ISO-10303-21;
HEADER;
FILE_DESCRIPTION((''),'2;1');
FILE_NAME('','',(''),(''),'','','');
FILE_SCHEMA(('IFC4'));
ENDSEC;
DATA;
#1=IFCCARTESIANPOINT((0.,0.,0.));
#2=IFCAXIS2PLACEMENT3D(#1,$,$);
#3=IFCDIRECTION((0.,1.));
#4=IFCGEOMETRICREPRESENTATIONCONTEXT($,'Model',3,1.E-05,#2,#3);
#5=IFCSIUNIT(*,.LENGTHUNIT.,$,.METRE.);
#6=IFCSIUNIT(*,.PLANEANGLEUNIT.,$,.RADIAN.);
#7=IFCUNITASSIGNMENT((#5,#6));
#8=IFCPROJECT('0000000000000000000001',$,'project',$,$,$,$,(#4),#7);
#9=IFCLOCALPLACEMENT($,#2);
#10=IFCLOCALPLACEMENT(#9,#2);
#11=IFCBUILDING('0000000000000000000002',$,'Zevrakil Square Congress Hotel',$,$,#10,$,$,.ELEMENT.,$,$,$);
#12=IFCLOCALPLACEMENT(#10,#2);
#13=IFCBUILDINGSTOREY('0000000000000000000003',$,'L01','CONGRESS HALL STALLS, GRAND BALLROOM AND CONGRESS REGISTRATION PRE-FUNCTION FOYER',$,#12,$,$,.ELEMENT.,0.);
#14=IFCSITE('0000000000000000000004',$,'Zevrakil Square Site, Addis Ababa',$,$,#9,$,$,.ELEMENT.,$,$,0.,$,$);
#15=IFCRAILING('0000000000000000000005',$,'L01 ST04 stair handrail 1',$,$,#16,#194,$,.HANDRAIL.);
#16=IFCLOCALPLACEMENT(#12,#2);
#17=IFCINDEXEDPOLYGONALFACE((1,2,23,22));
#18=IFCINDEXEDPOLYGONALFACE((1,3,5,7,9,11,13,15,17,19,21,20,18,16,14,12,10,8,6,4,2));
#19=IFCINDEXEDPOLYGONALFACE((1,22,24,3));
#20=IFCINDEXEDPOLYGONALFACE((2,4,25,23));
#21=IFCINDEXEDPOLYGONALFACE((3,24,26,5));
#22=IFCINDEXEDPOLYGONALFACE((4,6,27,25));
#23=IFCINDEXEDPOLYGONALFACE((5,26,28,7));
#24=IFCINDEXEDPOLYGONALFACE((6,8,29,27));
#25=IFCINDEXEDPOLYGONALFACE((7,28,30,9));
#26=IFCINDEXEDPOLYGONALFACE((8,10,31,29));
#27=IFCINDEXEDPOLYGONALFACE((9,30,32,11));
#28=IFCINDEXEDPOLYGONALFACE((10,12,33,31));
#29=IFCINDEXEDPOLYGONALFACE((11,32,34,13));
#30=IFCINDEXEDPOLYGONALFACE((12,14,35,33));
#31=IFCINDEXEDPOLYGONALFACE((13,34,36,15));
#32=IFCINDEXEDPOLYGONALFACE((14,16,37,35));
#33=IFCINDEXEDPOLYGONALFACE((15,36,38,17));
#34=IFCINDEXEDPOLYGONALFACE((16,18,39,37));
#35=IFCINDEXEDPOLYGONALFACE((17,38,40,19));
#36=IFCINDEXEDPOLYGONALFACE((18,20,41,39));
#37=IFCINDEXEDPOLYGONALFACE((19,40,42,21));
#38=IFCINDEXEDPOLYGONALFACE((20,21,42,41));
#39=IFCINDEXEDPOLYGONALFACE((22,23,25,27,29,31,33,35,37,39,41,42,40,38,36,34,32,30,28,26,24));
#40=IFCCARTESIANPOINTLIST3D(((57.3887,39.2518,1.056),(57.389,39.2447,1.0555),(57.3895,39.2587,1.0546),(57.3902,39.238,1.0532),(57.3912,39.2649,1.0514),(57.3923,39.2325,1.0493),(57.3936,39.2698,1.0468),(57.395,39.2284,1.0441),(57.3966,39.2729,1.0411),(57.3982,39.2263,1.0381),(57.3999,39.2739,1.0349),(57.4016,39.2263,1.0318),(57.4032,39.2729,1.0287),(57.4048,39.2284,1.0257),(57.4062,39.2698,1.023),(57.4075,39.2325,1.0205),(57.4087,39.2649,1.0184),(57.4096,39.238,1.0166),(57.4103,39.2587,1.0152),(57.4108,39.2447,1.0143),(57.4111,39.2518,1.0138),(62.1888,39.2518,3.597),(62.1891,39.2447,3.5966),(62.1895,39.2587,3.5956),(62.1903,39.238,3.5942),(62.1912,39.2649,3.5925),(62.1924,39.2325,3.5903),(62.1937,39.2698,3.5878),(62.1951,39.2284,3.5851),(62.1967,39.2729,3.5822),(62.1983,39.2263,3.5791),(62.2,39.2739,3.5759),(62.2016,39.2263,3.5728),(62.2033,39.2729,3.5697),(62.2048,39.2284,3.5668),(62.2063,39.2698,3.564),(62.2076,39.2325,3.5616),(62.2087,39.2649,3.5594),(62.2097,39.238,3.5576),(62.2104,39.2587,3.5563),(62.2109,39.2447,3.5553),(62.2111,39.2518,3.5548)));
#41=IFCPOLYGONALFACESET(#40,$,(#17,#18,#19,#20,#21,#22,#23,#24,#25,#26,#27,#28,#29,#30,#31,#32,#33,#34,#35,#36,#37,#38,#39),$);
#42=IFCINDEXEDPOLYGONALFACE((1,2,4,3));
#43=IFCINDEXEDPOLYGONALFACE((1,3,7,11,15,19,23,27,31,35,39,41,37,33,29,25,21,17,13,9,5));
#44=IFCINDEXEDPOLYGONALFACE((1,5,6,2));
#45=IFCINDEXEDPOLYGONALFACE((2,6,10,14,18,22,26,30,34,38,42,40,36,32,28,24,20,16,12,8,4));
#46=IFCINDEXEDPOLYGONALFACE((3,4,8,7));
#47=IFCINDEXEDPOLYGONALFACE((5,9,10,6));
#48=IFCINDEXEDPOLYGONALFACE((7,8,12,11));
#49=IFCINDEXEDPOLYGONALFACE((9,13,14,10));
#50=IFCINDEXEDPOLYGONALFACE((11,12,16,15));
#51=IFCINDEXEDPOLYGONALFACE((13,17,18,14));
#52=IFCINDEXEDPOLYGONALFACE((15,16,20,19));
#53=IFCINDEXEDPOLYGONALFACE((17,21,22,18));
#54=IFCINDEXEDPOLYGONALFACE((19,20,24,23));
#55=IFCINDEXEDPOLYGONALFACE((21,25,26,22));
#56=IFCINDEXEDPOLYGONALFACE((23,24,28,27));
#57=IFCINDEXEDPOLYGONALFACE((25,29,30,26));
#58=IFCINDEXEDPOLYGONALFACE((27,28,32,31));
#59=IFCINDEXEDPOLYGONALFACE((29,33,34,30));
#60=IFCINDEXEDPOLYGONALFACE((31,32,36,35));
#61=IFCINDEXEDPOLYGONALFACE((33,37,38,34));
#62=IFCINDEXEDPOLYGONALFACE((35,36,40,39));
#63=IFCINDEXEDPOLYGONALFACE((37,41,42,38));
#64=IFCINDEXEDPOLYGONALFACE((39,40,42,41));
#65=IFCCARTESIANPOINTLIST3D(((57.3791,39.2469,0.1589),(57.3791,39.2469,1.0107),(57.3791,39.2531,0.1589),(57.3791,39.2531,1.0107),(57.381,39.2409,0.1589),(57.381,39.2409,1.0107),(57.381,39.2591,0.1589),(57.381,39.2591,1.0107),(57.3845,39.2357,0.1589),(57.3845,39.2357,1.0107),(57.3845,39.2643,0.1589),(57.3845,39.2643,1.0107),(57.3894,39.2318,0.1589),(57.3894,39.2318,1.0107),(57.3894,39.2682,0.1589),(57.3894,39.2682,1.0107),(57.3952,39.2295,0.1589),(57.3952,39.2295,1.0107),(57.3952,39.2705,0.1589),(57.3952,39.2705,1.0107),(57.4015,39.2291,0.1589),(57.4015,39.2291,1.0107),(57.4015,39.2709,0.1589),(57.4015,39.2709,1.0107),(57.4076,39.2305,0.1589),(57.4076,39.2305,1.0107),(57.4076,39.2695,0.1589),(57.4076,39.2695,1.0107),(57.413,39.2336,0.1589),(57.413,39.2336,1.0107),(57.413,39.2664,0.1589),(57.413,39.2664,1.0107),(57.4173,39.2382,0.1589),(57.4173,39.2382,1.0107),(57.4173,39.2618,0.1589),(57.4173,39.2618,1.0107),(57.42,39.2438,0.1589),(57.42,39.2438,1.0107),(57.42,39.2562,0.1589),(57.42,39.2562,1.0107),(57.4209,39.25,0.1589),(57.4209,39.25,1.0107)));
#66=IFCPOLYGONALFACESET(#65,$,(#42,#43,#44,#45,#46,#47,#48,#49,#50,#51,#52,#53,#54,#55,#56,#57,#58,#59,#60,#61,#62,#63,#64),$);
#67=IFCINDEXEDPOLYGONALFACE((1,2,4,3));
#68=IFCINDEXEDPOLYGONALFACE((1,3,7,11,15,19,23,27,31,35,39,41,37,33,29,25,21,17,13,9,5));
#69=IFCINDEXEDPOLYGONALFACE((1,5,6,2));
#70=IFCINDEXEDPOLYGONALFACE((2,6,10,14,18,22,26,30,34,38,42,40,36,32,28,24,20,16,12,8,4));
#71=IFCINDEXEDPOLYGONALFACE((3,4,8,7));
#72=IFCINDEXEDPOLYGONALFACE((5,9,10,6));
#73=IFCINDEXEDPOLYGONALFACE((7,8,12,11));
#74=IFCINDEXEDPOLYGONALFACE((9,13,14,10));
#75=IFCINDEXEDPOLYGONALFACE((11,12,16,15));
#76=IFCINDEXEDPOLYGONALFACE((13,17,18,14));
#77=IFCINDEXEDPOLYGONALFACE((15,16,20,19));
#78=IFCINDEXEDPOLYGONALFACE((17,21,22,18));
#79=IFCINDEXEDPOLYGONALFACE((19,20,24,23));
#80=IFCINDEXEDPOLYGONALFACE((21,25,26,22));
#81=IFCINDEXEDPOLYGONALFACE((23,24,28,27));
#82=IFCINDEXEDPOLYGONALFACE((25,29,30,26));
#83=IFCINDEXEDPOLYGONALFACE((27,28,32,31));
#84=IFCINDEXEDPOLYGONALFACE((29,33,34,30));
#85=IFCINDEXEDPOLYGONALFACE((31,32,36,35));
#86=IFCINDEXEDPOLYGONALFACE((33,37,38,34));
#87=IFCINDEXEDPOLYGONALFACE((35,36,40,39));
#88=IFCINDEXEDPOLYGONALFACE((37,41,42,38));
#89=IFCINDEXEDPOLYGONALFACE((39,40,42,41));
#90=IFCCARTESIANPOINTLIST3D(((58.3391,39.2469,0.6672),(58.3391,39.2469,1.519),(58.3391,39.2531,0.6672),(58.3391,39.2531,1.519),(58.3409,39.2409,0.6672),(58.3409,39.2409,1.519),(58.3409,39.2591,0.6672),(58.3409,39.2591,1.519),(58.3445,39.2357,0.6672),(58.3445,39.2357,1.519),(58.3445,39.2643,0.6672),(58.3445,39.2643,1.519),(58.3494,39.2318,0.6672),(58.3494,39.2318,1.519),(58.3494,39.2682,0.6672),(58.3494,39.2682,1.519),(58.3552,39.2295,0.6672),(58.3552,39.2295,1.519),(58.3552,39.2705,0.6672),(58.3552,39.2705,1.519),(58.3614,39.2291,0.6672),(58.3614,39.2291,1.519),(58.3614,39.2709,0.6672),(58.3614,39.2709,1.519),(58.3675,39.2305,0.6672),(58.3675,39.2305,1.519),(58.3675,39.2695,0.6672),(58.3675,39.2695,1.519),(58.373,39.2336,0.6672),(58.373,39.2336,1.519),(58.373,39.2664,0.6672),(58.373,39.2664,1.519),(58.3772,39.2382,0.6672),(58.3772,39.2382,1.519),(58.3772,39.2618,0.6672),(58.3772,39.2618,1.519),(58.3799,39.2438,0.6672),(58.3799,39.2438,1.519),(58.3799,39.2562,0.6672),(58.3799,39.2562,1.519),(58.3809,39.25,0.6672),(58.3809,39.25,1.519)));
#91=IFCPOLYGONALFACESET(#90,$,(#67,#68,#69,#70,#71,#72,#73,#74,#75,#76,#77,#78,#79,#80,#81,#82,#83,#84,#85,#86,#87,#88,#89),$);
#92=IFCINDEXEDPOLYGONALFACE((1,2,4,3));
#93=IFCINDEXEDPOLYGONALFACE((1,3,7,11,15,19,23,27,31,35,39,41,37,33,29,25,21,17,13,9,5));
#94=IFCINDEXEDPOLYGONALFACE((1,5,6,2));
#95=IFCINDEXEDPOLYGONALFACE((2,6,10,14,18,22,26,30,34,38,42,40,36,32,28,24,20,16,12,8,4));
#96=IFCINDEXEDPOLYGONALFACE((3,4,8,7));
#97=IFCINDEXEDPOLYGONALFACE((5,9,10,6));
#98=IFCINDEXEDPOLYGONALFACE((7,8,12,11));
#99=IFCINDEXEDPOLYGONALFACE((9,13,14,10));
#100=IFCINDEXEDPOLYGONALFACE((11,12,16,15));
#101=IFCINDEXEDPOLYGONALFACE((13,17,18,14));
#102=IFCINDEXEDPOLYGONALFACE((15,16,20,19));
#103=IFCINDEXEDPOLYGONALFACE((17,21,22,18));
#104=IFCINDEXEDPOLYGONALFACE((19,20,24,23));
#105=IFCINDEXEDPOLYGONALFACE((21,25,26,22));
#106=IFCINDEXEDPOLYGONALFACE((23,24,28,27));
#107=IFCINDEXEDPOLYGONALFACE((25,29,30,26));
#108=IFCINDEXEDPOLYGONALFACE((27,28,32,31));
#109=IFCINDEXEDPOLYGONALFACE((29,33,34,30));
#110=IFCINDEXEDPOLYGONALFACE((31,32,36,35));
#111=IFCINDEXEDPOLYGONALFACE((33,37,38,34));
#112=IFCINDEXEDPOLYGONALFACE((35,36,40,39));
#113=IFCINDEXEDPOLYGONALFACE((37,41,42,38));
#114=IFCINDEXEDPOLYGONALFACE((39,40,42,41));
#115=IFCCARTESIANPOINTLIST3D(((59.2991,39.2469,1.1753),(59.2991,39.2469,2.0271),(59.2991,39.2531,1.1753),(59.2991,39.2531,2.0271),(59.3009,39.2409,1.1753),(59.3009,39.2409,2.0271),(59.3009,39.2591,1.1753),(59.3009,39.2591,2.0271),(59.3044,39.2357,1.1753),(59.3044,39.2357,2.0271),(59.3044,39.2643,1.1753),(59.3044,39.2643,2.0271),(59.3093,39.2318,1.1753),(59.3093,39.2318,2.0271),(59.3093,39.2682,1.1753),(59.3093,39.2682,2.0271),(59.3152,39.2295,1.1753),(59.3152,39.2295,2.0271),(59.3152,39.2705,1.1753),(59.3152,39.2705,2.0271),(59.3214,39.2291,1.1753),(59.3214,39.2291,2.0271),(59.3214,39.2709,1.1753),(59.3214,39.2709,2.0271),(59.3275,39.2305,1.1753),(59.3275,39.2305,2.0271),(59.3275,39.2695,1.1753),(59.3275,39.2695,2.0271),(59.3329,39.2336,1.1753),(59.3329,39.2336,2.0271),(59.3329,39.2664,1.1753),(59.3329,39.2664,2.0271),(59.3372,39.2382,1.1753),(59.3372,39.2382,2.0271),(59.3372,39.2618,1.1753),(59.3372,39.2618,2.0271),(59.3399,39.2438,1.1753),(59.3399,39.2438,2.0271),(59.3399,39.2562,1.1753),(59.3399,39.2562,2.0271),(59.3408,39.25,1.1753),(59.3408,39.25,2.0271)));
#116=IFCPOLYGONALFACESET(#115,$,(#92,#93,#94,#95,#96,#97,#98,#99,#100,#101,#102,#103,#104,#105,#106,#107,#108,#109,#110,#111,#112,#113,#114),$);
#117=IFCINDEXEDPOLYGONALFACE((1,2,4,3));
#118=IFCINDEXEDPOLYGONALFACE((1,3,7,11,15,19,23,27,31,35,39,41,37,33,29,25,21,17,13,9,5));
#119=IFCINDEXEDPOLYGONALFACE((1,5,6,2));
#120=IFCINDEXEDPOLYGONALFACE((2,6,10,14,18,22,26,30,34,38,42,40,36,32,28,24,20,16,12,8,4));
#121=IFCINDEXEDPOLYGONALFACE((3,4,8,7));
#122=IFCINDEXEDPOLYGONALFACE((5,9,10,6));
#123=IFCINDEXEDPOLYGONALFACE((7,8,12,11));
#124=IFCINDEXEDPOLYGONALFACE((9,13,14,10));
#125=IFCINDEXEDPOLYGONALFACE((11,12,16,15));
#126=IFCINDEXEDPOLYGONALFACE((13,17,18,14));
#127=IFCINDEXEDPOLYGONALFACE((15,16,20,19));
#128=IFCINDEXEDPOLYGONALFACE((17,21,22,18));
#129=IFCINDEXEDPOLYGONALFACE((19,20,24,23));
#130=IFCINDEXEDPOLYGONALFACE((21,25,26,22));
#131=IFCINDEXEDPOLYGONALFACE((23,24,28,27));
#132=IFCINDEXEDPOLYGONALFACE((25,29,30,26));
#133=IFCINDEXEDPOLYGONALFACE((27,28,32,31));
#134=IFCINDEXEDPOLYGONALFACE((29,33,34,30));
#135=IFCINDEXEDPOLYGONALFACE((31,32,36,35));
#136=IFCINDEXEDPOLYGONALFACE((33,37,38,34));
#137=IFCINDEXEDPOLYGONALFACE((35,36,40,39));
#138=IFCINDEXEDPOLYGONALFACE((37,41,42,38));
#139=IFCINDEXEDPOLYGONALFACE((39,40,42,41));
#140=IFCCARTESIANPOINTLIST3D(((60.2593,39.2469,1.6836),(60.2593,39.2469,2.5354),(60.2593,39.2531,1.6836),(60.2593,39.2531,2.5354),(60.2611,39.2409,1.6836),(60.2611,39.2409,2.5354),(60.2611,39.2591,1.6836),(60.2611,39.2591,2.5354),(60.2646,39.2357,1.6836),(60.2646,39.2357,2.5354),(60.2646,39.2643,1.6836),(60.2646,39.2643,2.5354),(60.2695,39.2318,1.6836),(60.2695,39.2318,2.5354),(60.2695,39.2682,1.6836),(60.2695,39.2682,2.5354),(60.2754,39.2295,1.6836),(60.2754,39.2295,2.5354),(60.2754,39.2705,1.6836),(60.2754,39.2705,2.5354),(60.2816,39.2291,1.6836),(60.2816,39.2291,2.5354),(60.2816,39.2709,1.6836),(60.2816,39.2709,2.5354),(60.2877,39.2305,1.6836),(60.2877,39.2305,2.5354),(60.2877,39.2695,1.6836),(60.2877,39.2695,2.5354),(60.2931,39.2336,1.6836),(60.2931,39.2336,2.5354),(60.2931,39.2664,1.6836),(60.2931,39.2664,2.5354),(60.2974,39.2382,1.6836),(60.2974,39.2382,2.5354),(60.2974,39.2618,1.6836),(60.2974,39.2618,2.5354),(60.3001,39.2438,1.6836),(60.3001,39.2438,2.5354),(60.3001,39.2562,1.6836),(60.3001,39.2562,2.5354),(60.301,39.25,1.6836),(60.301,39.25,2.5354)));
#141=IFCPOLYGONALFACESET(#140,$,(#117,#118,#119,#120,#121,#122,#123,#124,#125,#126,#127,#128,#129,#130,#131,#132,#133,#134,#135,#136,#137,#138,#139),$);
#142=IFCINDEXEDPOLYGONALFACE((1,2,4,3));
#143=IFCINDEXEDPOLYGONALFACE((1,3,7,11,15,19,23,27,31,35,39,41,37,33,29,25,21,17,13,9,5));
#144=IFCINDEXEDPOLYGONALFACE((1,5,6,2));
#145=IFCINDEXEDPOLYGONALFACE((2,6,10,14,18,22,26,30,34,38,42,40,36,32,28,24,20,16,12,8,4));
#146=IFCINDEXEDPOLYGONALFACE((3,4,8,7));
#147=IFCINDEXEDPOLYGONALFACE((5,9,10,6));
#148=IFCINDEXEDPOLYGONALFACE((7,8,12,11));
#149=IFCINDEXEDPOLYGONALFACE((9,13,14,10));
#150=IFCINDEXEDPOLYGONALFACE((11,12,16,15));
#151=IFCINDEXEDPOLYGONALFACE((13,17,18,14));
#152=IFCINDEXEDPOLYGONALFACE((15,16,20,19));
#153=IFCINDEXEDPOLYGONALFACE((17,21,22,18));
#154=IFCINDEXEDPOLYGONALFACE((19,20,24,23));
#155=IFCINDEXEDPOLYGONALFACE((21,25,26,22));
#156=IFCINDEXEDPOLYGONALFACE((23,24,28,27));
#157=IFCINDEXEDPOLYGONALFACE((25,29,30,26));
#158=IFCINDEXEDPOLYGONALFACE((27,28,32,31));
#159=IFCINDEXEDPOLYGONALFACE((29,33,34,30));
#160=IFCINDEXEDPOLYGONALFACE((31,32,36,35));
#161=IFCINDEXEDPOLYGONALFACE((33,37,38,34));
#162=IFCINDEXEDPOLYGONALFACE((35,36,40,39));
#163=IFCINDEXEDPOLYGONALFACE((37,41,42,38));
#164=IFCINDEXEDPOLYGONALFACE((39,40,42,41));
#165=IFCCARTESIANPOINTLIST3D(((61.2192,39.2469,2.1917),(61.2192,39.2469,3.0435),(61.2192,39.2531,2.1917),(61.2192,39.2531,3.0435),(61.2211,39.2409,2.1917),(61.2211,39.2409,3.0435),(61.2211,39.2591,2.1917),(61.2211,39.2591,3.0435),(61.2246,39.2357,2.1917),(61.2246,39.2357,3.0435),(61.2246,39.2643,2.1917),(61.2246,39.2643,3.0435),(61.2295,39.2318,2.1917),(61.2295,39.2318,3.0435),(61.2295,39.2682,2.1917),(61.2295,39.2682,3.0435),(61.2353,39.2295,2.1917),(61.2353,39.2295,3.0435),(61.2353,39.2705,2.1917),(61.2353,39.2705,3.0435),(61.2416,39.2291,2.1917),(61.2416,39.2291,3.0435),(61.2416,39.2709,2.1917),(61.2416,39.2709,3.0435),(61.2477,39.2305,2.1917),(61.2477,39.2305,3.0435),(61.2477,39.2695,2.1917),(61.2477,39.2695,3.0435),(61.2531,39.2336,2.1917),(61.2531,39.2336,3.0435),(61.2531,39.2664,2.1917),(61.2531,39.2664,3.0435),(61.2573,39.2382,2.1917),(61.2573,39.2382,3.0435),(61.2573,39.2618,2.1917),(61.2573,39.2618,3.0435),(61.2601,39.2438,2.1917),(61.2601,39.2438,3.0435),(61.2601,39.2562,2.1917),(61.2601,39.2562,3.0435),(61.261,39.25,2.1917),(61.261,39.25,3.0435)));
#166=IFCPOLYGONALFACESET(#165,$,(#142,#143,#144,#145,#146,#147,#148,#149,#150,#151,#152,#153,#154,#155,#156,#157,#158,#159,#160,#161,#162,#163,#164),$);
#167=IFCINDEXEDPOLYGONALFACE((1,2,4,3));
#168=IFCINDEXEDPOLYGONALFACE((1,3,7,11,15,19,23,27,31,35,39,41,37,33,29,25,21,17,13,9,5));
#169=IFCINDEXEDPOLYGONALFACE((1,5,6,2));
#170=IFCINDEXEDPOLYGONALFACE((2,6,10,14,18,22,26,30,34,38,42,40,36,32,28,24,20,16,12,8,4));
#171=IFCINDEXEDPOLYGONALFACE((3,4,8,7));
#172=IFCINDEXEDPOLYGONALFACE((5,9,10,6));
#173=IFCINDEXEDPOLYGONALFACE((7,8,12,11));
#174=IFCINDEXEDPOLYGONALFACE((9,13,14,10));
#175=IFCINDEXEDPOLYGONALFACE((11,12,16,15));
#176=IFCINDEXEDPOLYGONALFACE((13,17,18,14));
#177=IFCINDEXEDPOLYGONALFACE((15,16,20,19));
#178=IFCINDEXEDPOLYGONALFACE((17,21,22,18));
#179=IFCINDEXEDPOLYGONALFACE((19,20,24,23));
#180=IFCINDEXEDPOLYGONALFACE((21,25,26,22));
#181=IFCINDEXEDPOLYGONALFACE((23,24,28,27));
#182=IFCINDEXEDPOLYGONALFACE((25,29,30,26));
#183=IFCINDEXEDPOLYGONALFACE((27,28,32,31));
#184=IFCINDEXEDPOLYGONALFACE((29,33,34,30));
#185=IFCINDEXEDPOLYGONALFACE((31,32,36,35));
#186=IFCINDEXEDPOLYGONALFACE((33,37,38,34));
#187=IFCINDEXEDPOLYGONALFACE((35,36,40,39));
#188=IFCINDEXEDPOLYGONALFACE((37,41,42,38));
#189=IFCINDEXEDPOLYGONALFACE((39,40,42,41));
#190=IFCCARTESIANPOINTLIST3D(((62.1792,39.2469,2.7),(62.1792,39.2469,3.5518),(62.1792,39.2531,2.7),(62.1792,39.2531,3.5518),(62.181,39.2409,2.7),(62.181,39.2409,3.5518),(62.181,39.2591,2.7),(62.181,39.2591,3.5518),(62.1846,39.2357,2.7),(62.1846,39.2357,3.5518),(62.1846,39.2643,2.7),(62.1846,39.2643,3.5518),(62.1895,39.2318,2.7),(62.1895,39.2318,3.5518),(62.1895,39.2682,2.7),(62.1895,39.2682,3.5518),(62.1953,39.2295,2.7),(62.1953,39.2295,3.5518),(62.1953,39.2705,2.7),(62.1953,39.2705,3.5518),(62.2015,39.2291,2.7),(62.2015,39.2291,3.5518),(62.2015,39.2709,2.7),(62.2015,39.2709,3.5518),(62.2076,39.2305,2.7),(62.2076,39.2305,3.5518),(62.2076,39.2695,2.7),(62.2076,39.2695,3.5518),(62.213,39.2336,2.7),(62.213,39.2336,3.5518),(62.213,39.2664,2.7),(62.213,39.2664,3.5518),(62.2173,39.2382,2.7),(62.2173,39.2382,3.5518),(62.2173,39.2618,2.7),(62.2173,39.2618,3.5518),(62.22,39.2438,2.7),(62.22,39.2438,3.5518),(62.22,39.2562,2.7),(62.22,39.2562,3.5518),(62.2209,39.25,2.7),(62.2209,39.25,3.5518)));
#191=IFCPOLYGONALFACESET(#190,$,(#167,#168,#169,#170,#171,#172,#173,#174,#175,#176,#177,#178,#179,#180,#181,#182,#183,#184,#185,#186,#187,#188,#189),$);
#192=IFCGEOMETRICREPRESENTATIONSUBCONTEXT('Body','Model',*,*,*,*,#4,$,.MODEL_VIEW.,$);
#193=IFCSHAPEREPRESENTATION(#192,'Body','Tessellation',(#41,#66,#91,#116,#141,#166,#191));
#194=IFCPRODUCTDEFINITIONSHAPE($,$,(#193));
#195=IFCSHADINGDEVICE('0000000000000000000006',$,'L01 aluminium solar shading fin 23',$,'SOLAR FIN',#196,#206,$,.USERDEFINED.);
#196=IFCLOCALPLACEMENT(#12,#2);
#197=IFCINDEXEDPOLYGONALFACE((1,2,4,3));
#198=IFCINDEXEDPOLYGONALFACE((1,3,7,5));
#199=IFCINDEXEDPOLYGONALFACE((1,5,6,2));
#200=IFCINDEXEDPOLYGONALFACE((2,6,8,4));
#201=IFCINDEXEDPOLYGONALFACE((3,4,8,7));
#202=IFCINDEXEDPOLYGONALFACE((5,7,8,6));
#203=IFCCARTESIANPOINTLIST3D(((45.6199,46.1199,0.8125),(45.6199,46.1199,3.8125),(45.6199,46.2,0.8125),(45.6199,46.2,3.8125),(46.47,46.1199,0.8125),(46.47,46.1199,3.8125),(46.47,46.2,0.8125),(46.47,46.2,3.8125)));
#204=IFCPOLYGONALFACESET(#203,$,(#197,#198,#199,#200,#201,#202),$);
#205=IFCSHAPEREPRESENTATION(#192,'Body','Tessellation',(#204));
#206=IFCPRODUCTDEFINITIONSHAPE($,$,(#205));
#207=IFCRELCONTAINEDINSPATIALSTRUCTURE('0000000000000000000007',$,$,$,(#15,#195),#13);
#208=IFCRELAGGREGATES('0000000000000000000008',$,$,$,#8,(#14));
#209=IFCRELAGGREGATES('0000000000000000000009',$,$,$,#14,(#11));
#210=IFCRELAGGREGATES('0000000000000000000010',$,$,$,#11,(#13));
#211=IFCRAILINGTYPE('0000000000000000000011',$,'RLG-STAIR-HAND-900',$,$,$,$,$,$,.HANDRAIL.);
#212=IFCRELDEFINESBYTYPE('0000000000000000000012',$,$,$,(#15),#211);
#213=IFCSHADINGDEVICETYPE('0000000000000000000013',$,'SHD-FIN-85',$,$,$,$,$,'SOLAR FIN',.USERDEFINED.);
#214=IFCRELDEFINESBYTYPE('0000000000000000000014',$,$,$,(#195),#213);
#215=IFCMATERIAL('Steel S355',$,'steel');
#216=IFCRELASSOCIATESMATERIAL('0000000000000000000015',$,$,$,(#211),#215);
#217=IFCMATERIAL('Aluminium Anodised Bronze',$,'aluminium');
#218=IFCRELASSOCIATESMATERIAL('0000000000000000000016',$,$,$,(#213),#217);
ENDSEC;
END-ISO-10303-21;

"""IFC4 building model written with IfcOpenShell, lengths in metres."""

from ifc_helpers import new_model, si_unit, direction, frame, origin, origin_2d, place, context, subcontext, project, spatial, rectangle, circle, extrude, material, type_object, element, save


model = new_model("IFC4")

# Units and contexts
model_context = context("Model", 3, precision=1e-05, world=origin(), true_north=direction((0.0, 1.0)))
body_context = subcontext(model_context, "Body", "Model", "MODEL_VIEW")
ifc_project = project(units=[si_unit("LENGTHUNIT", "METRE"), si_unit("PLANEANGLEUNIT", "RADIAN")], contexts=[model_context])

# Site, building, storey
site_placement = place(None, origin())
site = spatial("IfcSite", under=ifc_project, at=site_placement, Name="Zevrakil Square Site, Addis Ababa", CompositionType="ELEMENT", RefElevation=0.0)
building_placement = place(site_placement, origin())
building = spatial("IfcBuilding", under=site, at=building_placement, Name="Zevrakil Square Congress Hotel", CompositionType="ELEMENT")
storey_placement = place(building_placement, origin())
storey = spatial("IfcBuildingStorey", under=building, at=storey_placement, Name="L01", Description="CONGRESS HALL STALLS, GRAND BALLROOM AND CONGRESS REGISTRATION PRE-FUNCTION FOYER", CompositionType="ELEMENT", Elevation=0.0)

# Railing
ifc_material_1 = material(Name="Steel S355", Category="steel")
railing_type_1 = type_object("IfcRailingType", Name="RLG-STAIR-HAND-900", PredefinedType="HANDRAIL", material=ifc_material_1)
railing_1_placement = place(storey_placement, frame((57.3999, 39.25, 0.1589)))
element("IfcRailing", 1, at=railing_1_placement, inside=storey, type_object=railing_type_1, Name="L01 ST04 stair handrail 1", PredefinedType="HANDRAIL", context=body_context, shape_type="SweptSolid", body=[
    extrude(circle(Radius=0.0239, at=origin_2d()), frame((0.0, 0.0, 0.876), z_axis=(0.883802, 0.0, 0.467861), x_axis=(0.0, 1.0, 0.0)), (0.0, 0.0, 1.0), 5.4312),
    extrude(circle(Radius=0.021, at=origin_2d()), origin(), (0.0, 0.0, 1.0), 0.8518),
    extrude(circle(Radius=0.021, at=origin_2d()), frame((0.96, 0.0, 0.5083)), (0.0, 0.0, 1.0), 0.8518),
    extrude(circle(Radius=0.021, at=origin_2d()), frame((1.9199, 0.0, 1.0164)), (0.0, 0.0, 1.0), 0.8518),
    extrude(circle(Radius=0.021, at=origin_2d()), frame((2.8801, 0.0, 1.5247)), (0.0, 0.0, 1.0), 0.8518),
    extrude(circle(Radius=0.021, at=origin_2d()), frame((3.8401, 0.0, 2.0327)), (0.0, 0.0, 1.0), 0.8518),
    extrude(circle(Radius=0.021, at=origin_2d()), frame((4.8, 0.0, 2.541)), (0.0, 0.0, 1.0), 0.8518),
])

# Shading device
ifc_material_2 = material(Name="Aluminium Anodised Bronze", Category="aluminium")
shading_device_type = type_object("IfcShadingDeviceType", Name="SHD-FIN-85", ElementType="SOLAR FIN", PredefinedType="USERDEFINED", material=ifc_material_2)
shading_device_placement = place(storey_placement, frame((46.0449, 46.1599, 0.8125), z_axis=(0.0, 0.0, 1.0), x_axis=(1.0, 0.0, 0.0)))
element("IfcShadingDevice", 2, at=shading_device_placement, inside=storey, type_object=shading_device_type, Name="L01 aluminium solar shading fin 23", ObjectType="SOLAR FIN", PredefinedType="USERDEFINED", context=body_context, shape_type="SweptSolid", body=[
    extrude(rectangle(XDim=0.8501, YDim=0.0801, at=origin_2d()), origin(), (0.0, 0.0, 1.0), 3.0),
])

save(model, "model.ifc")
